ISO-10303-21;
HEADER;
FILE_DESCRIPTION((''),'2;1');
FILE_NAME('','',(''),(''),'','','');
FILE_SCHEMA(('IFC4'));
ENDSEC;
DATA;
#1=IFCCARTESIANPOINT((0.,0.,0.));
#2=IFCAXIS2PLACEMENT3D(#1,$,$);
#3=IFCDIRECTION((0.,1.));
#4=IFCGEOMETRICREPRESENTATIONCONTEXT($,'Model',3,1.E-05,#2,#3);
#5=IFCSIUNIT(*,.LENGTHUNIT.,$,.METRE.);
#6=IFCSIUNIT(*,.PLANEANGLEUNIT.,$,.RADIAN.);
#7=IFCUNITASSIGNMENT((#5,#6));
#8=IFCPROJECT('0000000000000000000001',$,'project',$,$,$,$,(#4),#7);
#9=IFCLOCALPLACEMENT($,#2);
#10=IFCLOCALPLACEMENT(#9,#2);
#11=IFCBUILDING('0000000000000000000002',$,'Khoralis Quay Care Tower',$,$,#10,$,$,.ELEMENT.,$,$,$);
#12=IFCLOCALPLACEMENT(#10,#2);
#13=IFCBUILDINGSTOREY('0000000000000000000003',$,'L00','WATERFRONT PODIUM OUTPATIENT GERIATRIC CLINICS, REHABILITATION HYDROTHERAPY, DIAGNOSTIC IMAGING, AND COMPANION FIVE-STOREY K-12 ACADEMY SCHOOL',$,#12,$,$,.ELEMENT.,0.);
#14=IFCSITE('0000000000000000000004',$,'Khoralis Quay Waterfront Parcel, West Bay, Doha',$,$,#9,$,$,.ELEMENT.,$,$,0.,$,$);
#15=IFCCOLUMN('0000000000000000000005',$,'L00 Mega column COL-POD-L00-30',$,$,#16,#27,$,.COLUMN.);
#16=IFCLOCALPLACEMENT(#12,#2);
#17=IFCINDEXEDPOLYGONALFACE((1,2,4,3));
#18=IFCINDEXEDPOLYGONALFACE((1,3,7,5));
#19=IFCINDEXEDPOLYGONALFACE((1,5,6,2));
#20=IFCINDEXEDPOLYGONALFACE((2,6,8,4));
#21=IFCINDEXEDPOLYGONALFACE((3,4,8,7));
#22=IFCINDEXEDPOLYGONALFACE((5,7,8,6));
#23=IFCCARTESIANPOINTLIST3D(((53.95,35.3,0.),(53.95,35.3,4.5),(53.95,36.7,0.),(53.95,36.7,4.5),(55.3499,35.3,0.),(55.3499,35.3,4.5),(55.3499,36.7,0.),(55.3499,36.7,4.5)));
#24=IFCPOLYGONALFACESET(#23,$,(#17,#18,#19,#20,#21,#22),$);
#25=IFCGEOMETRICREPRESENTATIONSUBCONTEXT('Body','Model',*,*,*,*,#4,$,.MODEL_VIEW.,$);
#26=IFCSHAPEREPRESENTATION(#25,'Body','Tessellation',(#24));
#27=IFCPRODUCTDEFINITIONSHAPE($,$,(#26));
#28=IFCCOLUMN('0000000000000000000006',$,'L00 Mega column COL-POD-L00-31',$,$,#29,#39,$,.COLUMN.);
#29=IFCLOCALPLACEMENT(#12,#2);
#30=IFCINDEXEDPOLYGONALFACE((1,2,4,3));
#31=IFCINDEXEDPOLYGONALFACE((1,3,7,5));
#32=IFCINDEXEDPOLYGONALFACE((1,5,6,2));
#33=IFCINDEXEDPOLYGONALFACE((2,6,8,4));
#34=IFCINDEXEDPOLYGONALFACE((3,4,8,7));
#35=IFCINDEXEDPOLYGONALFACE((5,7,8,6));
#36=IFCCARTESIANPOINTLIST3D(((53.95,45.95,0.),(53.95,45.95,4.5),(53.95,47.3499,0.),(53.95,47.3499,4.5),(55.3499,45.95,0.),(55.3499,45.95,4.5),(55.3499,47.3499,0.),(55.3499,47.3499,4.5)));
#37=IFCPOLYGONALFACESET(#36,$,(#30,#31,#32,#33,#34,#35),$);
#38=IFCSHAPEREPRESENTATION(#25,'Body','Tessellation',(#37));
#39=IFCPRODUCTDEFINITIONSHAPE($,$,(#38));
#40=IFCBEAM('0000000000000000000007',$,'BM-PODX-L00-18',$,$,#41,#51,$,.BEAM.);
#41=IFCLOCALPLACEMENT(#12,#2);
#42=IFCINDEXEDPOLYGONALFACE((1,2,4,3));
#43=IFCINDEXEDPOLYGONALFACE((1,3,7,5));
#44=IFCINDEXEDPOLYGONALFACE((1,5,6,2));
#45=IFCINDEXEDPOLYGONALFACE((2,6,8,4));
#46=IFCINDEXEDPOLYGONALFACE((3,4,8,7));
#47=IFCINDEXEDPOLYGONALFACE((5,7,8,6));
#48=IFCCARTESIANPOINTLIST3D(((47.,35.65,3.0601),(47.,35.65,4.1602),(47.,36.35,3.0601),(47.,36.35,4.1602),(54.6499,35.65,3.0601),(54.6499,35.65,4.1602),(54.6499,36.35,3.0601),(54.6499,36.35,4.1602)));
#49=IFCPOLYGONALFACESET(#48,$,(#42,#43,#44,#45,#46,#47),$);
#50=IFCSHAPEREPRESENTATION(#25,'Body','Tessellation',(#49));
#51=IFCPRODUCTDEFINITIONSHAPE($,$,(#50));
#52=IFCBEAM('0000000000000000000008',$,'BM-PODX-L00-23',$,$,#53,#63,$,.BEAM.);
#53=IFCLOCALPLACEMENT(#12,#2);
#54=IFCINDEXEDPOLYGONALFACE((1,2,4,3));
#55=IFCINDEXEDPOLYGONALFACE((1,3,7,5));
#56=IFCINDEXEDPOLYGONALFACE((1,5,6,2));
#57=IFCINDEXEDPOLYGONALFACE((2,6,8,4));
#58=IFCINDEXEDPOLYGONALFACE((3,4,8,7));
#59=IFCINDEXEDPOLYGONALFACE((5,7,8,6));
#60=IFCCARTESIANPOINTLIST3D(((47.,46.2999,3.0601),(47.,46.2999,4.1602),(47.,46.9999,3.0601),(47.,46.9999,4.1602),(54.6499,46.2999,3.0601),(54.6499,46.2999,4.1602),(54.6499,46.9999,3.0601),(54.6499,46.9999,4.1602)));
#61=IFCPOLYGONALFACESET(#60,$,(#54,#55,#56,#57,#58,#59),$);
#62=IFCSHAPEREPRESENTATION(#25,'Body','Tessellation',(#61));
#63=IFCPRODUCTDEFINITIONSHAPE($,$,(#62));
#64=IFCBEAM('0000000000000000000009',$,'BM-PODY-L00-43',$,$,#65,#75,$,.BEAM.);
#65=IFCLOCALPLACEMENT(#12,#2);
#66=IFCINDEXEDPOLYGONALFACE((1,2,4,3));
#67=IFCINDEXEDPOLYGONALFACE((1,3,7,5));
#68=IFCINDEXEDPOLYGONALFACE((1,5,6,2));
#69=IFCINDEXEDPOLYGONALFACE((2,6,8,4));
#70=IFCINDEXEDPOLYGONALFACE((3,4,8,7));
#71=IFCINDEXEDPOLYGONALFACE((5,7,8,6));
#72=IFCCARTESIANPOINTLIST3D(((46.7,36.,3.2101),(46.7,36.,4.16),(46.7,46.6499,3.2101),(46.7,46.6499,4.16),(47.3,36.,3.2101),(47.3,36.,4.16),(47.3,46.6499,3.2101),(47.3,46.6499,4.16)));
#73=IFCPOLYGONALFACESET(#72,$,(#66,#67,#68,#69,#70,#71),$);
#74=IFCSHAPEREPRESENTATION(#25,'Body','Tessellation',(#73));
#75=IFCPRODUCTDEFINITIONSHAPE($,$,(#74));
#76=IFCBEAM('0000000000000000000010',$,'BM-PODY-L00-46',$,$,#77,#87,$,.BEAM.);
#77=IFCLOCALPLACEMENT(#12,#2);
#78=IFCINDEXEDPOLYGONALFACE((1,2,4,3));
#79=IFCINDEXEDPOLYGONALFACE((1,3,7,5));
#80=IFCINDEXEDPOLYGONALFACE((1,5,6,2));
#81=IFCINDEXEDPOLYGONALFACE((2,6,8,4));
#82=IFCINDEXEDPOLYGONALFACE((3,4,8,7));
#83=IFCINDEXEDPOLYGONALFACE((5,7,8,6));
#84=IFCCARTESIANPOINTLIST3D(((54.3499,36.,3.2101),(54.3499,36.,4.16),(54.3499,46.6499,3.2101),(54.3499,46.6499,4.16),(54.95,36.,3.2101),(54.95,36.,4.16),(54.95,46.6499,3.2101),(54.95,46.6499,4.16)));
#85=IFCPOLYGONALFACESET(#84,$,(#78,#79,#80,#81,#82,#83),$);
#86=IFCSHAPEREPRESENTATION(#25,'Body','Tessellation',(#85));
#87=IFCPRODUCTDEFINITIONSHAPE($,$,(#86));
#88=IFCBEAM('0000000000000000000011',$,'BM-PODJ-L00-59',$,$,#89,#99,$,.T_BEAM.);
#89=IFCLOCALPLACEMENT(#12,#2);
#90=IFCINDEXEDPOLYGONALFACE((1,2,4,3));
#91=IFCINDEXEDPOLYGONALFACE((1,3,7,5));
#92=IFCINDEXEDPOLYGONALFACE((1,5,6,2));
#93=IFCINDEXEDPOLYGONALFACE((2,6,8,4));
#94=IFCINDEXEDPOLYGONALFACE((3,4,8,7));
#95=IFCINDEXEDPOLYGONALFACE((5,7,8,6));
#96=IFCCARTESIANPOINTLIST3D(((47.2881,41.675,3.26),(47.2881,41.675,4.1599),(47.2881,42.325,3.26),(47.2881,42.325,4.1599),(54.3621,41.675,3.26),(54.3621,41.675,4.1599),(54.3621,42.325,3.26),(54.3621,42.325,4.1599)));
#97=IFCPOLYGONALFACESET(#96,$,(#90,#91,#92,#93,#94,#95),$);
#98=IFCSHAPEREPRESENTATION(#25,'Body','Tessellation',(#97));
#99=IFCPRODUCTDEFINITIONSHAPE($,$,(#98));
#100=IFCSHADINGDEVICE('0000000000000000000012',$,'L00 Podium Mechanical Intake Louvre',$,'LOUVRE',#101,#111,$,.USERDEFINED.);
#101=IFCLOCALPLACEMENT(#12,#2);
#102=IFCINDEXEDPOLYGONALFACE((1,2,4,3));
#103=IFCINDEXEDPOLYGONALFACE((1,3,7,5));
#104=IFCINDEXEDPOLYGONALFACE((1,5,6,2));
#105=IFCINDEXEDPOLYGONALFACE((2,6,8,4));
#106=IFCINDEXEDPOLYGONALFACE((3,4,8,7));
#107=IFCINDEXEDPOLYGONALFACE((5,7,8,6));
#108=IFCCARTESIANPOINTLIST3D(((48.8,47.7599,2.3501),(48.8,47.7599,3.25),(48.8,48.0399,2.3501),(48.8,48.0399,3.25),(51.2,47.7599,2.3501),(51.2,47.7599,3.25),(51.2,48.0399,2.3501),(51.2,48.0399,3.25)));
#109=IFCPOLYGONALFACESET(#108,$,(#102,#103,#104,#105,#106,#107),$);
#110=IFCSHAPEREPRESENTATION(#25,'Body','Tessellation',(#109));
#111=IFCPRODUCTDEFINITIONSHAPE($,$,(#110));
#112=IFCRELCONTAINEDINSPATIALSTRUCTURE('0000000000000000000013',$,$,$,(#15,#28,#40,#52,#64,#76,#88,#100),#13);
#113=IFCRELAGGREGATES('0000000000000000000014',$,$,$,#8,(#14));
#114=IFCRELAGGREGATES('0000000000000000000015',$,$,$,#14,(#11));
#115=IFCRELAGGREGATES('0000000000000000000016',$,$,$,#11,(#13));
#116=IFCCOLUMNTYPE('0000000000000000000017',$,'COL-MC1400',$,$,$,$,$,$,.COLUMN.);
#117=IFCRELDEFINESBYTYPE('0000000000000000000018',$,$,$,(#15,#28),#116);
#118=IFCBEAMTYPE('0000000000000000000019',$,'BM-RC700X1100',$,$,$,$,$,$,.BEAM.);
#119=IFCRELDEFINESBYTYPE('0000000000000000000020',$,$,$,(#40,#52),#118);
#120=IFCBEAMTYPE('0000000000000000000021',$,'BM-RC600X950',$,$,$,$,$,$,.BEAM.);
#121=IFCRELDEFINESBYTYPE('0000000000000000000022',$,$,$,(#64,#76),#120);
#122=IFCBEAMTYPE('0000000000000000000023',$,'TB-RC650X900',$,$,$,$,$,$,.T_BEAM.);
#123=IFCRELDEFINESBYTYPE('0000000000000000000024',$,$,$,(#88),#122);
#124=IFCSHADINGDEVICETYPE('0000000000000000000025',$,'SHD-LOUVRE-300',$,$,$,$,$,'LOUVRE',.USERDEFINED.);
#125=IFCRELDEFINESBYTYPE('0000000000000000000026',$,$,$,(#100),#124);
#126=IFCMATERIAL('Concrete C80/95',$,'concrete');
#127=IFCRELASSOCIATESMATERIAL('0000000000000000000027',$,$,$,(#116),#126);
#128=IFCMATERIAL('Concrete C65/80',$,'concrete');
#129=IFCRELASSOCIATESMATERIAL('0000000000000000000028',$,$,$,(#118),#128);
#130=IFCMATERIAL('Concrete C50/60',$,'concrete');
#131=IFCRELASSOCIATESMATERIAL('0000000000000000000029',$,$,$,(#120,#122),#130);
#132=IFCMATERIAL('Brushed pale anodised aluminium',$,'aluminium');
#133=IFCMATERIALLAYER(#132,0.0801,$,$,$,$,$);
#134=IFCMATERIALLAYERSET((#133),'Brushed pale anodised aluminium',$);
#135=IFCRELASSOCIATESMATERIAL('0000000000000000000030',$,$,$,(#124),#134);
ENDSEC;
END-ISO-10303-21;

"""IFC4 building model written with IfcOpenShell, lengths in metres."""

from ifc_helpers import new_model, si_unit, direction, frame, origin, origin_2d, place, context, subcontext, project, spatial, rectangle, extrude, source, transform, mapped, material, layer, layer_set, material_profile, profile_set, type_object, element, save


model = new_model("IFC4")

# Units and contexts
model_context = context("Model", 3, precision=1e-05, world=origin(), true_north=direction((0.0, 1.0)))
body_context = subcontext(model_context, "Body", "Model", "MODEL_VIEW")
ifc_project = project(units=[si_unit("LENGTHUNIT", "METRE"), si_unit("PLANEANGLEUNIT", "RADIAN")], contexts=[model_context])

# Site, building, storey
site_placement = place(None, origin())
site = spatial("IfcSite", under=ifc_project, at=site_placement, Name="Khoralis Quay Waterfront Parcel, West Bay, Doha", CompositionType="ELEMENT", RefElevation=0.0)
building_placement = place(site_placement, origin())
building = spatial("IfcBuilding", under=site, at=building_placement, Name="Khoralis Quay Care Tower", CompositionType="ELEMENT")
storey_placement = place(building_placement, origin())
storey = spatial("IfcBuildingStorey", under=building, at=storey_placement, Name="L00", Description="WATERFRONT PODIUM OUTPATIENT GERIATRIC CLINICS, REHABILITATION HYDROTHERAPY, DIAGNOSTIC IMAGING, AND COMPANION FIVE-STOREY K-12 ACADEMY SCHOOL", CompositionType="ELEMENT", Elevation=0.0)

# Columns
ifc_material_1 = material(Name="Concrete C80/95", Category="concrete")
ifc_material_profile_1 = material_profile(ifc_material_1, rectangle(XDim=1.3999, YDim=1.3999, at=origin_2d()), Name="Concrete C80/95")
ifc_profile_set_1 = profile_set([ifc_material_profile_1], Name="Concrete C80/95")
column_type = type_object("IfcColumnType", Name="COL-MC1400", PredefinedType="COLUMN", material=ifc_profile_set_1)
shared_shape_1 = source(origin(), body_context, "Body", "SweptSolid", [
    extrude(rectangle(XDim=1.3999, YDim=1.3999, at=origin_2d()), origin(), (0.0, 0.0, 1.0), 4.5),
])
for number, where, z_axis, x_axis, name in (
    (1, (54.6499, 36.0, 0.0), (0.0, 0.0, 1.0), (1.0, 0.0, 0.0), "L00 Mega column COL-POD-L00-30"),
    (2, (54.6499, 46.6499, 0.0), (0.0, 0.0, 1.0), (1.0, 0.0, 0.0), "L00 Mega column COL-POD-L00-31"),
):
    element("IfcColumn", number, at=place(storey_placement, frame(where, z_axis=z_axis, x_axis=x_axis)), inside=storey, type_object=column_type, Name=name, PredefinedType="COLUMN", context=body_context, shape_type="MappedRepresentation", body=[
        mapped(shared_shape_1, transform((0.0, 0.0, 0.0), scale=1.0)),
    ])

# Beams
ifc_material_2 = material(Name="Concrete C65/80", Category="concrete")
ifc_material_profile_2 = material_profile(ifc_material_2, rectangle(XDim=0.7, YDim=1.1001, at=origin_2d()), Name="Concrete C65/80")
ifc_profile_set_2 = profile_set([ifc_material_profile_2], Name="Concrete C65/80")
beam_type_1 = type_object("IfcBeamType", Name="BM-RC700X1100", PredefinedType="BEAM", material=ifc_profile_set_2)
shared_shape_2 = source(origin(), body_context, "Body", "SweptSolid", [
    extrude(rectangle(XDim=0.7, YDim=1.1001, at=origin_2d()), origin(), (0.0, 0.0, 1.0), 7.6499),
])
for number, where, z_axis, x_axis, name in (
    (3, (47.0, 36.0, 3.6101), (1.0, 0.0, 0.0), (0.0, 1.0, 0.0), "BM-PODX-L00-18"),
    (4, (47.0, 46.6499, 3.6101), (1.0, 0.0, 0.0), (0.0, 1.0, 0.0), "BM-PODX-L00-23"),
):
    element("IfcBeam", number, at=place(storey_placement, frame(where, z_axis=z_axis, x_axis=x_axis)), inside=storey, type_object=beam_type_1, Name=name, PredefinedType="BEAM", context=body_context, shape_type="MappedRepresentation", body=[
        mapped(shared_shape_2, transform((0.0, 0.0, 0.0), scale=1.0)),
    ])
ifc_material_3 = material(Name="Concrete C50/60", Category="concrete")
ifc_material_profile_3 = material_profile(ifc_material_3, rectangle(XDim=0.6001, YDim=0.95, at=origin_2d()), Name="Concrete C50/60")
ifc_profile_set_3 = profile_set([ifc_material_profile_3], Name="Concrete C50/60")
beam_type_2 = type_object("IfcBeamType", Name="BM-RC600X950", PredefinedType="BEAM", material=ifc_profile_set_3)
shared_shape_3 = source(origin(), body_context, "Body", "SweptSolid", [
    extrude(rectangle(XDim=0.6001, YDim=0.95, at=origin_2d()), origin(), (0.0, 0.0, 1.0), 10.6499),
])
for number, where, z_axis, x_axis, name in (
    (5, (47.0, 36.0, 3.6851), (0.0, 1.0, 0.0), (-1.0, 0.0, 0.0), "BM-PODY-L00-43"),
    (6, (54.6499, 36.0, 3.6851), (0.0, 1.0, 0.0), (-1.0, 0.0, 0.0), "BM-PODY-L00-46"),
):
    element("IfcBeam", number, at=place(storey_placement, frame(where, z_axis=z_axis, x_axis=x_axis)), inside=storey, type_object=beam_type_2, Name=name, PredefinedType="BEAM", context=body_context, shape_type="MappedRepresentation", body=[
        mapped(shared_shape_3, transform((0.0, 0.0, 0.0), scale=1.0)),
    ])
ifc_material_profile_4 = material_profile(ifc_material_3, rectangle(XDim=0.6499, YDim=0.8999, at=origin_2d()), Name="Concrete C50/60")
ifc_profile_set_4 = profile_set([ifc_material_profile_4], Name="Concrete C50/60")
beam_type_3 = type_object("IfcBeamType", Name="TB-RC650X900", PredefinedType="T_BEAM", material=ifc_profile_set_4)
shared_shape_4 = source(origin(), body_context, "Body", "SweptSolid", [
    extrude(rectangle(XDim=0.6499, YDim=0.8999, at=origin_2d()), origin(), (0.0, 0.0, 1.0), 7.074),
])
beam_placement = place(storey_placement, frame((47.2881, 42.0, 3.71), z_axis=(1.0, 0.0, 0.0), x_axis=(0.0, 1.0, 0.0)))
element("IfcBeam", 7, at=beam_placement, inside=storey, type_object=beam_type_3, Name="BM-PODJ-L00-59", PredefinedType="T_BEAM", context=body_context, shape_type="MappedRepresentation", body=[
    mapped(shared_shape_4, transform((0.0, 0.0, 0.0), scale=1.0)),
])

# Shading device
ifc_material_4 = material(Name="Brushed pale anodised aluminium", Category="aluminium")
ifc_layer = layer(ifc_material_4, 0.0801)
ifc_layer_set = layer_set([ifc_layer], Name="Brushed pale anodised aluminium")
shading_device_type = type_object("IfcShadingDeviceType", Name="SHD-LOUVRE-300", ElementType="LOUVRE", PredefinedType="USERDEFINED", material=ifc_layer_set)
shared_shape_5 = source(origin(), body_context, "Body", "SweptSolid", [
    extrude(rectangle(XDim=2.3999, YDim=0.28, at=origin_2d()), origin(), (0.0, 0.0, 1.0), 0.8999),
])
shading_device_placement = place(storey_placement, frame((50.0, 47.8999, 2.3501), z_axis=(0.0, 0.0, 1.0), x_axis=(1.0, 0.0, 0.0)))
element("IfcShadingDevice", 8, at=shading_device_placement, inside=storey, type_object=shading_device_type, Name="L00 Podium Mechanical Intake Louvre", ObjectType="LOUVRE", PredefinedType="USERDEFINED", context=body_context, shape_type="MappedRepresentation", body=[
    mapped(shared_shape_5, transform((0.0, 0.0, 0.0), scale=1.0)),
])

save(model, "model.ifc")
